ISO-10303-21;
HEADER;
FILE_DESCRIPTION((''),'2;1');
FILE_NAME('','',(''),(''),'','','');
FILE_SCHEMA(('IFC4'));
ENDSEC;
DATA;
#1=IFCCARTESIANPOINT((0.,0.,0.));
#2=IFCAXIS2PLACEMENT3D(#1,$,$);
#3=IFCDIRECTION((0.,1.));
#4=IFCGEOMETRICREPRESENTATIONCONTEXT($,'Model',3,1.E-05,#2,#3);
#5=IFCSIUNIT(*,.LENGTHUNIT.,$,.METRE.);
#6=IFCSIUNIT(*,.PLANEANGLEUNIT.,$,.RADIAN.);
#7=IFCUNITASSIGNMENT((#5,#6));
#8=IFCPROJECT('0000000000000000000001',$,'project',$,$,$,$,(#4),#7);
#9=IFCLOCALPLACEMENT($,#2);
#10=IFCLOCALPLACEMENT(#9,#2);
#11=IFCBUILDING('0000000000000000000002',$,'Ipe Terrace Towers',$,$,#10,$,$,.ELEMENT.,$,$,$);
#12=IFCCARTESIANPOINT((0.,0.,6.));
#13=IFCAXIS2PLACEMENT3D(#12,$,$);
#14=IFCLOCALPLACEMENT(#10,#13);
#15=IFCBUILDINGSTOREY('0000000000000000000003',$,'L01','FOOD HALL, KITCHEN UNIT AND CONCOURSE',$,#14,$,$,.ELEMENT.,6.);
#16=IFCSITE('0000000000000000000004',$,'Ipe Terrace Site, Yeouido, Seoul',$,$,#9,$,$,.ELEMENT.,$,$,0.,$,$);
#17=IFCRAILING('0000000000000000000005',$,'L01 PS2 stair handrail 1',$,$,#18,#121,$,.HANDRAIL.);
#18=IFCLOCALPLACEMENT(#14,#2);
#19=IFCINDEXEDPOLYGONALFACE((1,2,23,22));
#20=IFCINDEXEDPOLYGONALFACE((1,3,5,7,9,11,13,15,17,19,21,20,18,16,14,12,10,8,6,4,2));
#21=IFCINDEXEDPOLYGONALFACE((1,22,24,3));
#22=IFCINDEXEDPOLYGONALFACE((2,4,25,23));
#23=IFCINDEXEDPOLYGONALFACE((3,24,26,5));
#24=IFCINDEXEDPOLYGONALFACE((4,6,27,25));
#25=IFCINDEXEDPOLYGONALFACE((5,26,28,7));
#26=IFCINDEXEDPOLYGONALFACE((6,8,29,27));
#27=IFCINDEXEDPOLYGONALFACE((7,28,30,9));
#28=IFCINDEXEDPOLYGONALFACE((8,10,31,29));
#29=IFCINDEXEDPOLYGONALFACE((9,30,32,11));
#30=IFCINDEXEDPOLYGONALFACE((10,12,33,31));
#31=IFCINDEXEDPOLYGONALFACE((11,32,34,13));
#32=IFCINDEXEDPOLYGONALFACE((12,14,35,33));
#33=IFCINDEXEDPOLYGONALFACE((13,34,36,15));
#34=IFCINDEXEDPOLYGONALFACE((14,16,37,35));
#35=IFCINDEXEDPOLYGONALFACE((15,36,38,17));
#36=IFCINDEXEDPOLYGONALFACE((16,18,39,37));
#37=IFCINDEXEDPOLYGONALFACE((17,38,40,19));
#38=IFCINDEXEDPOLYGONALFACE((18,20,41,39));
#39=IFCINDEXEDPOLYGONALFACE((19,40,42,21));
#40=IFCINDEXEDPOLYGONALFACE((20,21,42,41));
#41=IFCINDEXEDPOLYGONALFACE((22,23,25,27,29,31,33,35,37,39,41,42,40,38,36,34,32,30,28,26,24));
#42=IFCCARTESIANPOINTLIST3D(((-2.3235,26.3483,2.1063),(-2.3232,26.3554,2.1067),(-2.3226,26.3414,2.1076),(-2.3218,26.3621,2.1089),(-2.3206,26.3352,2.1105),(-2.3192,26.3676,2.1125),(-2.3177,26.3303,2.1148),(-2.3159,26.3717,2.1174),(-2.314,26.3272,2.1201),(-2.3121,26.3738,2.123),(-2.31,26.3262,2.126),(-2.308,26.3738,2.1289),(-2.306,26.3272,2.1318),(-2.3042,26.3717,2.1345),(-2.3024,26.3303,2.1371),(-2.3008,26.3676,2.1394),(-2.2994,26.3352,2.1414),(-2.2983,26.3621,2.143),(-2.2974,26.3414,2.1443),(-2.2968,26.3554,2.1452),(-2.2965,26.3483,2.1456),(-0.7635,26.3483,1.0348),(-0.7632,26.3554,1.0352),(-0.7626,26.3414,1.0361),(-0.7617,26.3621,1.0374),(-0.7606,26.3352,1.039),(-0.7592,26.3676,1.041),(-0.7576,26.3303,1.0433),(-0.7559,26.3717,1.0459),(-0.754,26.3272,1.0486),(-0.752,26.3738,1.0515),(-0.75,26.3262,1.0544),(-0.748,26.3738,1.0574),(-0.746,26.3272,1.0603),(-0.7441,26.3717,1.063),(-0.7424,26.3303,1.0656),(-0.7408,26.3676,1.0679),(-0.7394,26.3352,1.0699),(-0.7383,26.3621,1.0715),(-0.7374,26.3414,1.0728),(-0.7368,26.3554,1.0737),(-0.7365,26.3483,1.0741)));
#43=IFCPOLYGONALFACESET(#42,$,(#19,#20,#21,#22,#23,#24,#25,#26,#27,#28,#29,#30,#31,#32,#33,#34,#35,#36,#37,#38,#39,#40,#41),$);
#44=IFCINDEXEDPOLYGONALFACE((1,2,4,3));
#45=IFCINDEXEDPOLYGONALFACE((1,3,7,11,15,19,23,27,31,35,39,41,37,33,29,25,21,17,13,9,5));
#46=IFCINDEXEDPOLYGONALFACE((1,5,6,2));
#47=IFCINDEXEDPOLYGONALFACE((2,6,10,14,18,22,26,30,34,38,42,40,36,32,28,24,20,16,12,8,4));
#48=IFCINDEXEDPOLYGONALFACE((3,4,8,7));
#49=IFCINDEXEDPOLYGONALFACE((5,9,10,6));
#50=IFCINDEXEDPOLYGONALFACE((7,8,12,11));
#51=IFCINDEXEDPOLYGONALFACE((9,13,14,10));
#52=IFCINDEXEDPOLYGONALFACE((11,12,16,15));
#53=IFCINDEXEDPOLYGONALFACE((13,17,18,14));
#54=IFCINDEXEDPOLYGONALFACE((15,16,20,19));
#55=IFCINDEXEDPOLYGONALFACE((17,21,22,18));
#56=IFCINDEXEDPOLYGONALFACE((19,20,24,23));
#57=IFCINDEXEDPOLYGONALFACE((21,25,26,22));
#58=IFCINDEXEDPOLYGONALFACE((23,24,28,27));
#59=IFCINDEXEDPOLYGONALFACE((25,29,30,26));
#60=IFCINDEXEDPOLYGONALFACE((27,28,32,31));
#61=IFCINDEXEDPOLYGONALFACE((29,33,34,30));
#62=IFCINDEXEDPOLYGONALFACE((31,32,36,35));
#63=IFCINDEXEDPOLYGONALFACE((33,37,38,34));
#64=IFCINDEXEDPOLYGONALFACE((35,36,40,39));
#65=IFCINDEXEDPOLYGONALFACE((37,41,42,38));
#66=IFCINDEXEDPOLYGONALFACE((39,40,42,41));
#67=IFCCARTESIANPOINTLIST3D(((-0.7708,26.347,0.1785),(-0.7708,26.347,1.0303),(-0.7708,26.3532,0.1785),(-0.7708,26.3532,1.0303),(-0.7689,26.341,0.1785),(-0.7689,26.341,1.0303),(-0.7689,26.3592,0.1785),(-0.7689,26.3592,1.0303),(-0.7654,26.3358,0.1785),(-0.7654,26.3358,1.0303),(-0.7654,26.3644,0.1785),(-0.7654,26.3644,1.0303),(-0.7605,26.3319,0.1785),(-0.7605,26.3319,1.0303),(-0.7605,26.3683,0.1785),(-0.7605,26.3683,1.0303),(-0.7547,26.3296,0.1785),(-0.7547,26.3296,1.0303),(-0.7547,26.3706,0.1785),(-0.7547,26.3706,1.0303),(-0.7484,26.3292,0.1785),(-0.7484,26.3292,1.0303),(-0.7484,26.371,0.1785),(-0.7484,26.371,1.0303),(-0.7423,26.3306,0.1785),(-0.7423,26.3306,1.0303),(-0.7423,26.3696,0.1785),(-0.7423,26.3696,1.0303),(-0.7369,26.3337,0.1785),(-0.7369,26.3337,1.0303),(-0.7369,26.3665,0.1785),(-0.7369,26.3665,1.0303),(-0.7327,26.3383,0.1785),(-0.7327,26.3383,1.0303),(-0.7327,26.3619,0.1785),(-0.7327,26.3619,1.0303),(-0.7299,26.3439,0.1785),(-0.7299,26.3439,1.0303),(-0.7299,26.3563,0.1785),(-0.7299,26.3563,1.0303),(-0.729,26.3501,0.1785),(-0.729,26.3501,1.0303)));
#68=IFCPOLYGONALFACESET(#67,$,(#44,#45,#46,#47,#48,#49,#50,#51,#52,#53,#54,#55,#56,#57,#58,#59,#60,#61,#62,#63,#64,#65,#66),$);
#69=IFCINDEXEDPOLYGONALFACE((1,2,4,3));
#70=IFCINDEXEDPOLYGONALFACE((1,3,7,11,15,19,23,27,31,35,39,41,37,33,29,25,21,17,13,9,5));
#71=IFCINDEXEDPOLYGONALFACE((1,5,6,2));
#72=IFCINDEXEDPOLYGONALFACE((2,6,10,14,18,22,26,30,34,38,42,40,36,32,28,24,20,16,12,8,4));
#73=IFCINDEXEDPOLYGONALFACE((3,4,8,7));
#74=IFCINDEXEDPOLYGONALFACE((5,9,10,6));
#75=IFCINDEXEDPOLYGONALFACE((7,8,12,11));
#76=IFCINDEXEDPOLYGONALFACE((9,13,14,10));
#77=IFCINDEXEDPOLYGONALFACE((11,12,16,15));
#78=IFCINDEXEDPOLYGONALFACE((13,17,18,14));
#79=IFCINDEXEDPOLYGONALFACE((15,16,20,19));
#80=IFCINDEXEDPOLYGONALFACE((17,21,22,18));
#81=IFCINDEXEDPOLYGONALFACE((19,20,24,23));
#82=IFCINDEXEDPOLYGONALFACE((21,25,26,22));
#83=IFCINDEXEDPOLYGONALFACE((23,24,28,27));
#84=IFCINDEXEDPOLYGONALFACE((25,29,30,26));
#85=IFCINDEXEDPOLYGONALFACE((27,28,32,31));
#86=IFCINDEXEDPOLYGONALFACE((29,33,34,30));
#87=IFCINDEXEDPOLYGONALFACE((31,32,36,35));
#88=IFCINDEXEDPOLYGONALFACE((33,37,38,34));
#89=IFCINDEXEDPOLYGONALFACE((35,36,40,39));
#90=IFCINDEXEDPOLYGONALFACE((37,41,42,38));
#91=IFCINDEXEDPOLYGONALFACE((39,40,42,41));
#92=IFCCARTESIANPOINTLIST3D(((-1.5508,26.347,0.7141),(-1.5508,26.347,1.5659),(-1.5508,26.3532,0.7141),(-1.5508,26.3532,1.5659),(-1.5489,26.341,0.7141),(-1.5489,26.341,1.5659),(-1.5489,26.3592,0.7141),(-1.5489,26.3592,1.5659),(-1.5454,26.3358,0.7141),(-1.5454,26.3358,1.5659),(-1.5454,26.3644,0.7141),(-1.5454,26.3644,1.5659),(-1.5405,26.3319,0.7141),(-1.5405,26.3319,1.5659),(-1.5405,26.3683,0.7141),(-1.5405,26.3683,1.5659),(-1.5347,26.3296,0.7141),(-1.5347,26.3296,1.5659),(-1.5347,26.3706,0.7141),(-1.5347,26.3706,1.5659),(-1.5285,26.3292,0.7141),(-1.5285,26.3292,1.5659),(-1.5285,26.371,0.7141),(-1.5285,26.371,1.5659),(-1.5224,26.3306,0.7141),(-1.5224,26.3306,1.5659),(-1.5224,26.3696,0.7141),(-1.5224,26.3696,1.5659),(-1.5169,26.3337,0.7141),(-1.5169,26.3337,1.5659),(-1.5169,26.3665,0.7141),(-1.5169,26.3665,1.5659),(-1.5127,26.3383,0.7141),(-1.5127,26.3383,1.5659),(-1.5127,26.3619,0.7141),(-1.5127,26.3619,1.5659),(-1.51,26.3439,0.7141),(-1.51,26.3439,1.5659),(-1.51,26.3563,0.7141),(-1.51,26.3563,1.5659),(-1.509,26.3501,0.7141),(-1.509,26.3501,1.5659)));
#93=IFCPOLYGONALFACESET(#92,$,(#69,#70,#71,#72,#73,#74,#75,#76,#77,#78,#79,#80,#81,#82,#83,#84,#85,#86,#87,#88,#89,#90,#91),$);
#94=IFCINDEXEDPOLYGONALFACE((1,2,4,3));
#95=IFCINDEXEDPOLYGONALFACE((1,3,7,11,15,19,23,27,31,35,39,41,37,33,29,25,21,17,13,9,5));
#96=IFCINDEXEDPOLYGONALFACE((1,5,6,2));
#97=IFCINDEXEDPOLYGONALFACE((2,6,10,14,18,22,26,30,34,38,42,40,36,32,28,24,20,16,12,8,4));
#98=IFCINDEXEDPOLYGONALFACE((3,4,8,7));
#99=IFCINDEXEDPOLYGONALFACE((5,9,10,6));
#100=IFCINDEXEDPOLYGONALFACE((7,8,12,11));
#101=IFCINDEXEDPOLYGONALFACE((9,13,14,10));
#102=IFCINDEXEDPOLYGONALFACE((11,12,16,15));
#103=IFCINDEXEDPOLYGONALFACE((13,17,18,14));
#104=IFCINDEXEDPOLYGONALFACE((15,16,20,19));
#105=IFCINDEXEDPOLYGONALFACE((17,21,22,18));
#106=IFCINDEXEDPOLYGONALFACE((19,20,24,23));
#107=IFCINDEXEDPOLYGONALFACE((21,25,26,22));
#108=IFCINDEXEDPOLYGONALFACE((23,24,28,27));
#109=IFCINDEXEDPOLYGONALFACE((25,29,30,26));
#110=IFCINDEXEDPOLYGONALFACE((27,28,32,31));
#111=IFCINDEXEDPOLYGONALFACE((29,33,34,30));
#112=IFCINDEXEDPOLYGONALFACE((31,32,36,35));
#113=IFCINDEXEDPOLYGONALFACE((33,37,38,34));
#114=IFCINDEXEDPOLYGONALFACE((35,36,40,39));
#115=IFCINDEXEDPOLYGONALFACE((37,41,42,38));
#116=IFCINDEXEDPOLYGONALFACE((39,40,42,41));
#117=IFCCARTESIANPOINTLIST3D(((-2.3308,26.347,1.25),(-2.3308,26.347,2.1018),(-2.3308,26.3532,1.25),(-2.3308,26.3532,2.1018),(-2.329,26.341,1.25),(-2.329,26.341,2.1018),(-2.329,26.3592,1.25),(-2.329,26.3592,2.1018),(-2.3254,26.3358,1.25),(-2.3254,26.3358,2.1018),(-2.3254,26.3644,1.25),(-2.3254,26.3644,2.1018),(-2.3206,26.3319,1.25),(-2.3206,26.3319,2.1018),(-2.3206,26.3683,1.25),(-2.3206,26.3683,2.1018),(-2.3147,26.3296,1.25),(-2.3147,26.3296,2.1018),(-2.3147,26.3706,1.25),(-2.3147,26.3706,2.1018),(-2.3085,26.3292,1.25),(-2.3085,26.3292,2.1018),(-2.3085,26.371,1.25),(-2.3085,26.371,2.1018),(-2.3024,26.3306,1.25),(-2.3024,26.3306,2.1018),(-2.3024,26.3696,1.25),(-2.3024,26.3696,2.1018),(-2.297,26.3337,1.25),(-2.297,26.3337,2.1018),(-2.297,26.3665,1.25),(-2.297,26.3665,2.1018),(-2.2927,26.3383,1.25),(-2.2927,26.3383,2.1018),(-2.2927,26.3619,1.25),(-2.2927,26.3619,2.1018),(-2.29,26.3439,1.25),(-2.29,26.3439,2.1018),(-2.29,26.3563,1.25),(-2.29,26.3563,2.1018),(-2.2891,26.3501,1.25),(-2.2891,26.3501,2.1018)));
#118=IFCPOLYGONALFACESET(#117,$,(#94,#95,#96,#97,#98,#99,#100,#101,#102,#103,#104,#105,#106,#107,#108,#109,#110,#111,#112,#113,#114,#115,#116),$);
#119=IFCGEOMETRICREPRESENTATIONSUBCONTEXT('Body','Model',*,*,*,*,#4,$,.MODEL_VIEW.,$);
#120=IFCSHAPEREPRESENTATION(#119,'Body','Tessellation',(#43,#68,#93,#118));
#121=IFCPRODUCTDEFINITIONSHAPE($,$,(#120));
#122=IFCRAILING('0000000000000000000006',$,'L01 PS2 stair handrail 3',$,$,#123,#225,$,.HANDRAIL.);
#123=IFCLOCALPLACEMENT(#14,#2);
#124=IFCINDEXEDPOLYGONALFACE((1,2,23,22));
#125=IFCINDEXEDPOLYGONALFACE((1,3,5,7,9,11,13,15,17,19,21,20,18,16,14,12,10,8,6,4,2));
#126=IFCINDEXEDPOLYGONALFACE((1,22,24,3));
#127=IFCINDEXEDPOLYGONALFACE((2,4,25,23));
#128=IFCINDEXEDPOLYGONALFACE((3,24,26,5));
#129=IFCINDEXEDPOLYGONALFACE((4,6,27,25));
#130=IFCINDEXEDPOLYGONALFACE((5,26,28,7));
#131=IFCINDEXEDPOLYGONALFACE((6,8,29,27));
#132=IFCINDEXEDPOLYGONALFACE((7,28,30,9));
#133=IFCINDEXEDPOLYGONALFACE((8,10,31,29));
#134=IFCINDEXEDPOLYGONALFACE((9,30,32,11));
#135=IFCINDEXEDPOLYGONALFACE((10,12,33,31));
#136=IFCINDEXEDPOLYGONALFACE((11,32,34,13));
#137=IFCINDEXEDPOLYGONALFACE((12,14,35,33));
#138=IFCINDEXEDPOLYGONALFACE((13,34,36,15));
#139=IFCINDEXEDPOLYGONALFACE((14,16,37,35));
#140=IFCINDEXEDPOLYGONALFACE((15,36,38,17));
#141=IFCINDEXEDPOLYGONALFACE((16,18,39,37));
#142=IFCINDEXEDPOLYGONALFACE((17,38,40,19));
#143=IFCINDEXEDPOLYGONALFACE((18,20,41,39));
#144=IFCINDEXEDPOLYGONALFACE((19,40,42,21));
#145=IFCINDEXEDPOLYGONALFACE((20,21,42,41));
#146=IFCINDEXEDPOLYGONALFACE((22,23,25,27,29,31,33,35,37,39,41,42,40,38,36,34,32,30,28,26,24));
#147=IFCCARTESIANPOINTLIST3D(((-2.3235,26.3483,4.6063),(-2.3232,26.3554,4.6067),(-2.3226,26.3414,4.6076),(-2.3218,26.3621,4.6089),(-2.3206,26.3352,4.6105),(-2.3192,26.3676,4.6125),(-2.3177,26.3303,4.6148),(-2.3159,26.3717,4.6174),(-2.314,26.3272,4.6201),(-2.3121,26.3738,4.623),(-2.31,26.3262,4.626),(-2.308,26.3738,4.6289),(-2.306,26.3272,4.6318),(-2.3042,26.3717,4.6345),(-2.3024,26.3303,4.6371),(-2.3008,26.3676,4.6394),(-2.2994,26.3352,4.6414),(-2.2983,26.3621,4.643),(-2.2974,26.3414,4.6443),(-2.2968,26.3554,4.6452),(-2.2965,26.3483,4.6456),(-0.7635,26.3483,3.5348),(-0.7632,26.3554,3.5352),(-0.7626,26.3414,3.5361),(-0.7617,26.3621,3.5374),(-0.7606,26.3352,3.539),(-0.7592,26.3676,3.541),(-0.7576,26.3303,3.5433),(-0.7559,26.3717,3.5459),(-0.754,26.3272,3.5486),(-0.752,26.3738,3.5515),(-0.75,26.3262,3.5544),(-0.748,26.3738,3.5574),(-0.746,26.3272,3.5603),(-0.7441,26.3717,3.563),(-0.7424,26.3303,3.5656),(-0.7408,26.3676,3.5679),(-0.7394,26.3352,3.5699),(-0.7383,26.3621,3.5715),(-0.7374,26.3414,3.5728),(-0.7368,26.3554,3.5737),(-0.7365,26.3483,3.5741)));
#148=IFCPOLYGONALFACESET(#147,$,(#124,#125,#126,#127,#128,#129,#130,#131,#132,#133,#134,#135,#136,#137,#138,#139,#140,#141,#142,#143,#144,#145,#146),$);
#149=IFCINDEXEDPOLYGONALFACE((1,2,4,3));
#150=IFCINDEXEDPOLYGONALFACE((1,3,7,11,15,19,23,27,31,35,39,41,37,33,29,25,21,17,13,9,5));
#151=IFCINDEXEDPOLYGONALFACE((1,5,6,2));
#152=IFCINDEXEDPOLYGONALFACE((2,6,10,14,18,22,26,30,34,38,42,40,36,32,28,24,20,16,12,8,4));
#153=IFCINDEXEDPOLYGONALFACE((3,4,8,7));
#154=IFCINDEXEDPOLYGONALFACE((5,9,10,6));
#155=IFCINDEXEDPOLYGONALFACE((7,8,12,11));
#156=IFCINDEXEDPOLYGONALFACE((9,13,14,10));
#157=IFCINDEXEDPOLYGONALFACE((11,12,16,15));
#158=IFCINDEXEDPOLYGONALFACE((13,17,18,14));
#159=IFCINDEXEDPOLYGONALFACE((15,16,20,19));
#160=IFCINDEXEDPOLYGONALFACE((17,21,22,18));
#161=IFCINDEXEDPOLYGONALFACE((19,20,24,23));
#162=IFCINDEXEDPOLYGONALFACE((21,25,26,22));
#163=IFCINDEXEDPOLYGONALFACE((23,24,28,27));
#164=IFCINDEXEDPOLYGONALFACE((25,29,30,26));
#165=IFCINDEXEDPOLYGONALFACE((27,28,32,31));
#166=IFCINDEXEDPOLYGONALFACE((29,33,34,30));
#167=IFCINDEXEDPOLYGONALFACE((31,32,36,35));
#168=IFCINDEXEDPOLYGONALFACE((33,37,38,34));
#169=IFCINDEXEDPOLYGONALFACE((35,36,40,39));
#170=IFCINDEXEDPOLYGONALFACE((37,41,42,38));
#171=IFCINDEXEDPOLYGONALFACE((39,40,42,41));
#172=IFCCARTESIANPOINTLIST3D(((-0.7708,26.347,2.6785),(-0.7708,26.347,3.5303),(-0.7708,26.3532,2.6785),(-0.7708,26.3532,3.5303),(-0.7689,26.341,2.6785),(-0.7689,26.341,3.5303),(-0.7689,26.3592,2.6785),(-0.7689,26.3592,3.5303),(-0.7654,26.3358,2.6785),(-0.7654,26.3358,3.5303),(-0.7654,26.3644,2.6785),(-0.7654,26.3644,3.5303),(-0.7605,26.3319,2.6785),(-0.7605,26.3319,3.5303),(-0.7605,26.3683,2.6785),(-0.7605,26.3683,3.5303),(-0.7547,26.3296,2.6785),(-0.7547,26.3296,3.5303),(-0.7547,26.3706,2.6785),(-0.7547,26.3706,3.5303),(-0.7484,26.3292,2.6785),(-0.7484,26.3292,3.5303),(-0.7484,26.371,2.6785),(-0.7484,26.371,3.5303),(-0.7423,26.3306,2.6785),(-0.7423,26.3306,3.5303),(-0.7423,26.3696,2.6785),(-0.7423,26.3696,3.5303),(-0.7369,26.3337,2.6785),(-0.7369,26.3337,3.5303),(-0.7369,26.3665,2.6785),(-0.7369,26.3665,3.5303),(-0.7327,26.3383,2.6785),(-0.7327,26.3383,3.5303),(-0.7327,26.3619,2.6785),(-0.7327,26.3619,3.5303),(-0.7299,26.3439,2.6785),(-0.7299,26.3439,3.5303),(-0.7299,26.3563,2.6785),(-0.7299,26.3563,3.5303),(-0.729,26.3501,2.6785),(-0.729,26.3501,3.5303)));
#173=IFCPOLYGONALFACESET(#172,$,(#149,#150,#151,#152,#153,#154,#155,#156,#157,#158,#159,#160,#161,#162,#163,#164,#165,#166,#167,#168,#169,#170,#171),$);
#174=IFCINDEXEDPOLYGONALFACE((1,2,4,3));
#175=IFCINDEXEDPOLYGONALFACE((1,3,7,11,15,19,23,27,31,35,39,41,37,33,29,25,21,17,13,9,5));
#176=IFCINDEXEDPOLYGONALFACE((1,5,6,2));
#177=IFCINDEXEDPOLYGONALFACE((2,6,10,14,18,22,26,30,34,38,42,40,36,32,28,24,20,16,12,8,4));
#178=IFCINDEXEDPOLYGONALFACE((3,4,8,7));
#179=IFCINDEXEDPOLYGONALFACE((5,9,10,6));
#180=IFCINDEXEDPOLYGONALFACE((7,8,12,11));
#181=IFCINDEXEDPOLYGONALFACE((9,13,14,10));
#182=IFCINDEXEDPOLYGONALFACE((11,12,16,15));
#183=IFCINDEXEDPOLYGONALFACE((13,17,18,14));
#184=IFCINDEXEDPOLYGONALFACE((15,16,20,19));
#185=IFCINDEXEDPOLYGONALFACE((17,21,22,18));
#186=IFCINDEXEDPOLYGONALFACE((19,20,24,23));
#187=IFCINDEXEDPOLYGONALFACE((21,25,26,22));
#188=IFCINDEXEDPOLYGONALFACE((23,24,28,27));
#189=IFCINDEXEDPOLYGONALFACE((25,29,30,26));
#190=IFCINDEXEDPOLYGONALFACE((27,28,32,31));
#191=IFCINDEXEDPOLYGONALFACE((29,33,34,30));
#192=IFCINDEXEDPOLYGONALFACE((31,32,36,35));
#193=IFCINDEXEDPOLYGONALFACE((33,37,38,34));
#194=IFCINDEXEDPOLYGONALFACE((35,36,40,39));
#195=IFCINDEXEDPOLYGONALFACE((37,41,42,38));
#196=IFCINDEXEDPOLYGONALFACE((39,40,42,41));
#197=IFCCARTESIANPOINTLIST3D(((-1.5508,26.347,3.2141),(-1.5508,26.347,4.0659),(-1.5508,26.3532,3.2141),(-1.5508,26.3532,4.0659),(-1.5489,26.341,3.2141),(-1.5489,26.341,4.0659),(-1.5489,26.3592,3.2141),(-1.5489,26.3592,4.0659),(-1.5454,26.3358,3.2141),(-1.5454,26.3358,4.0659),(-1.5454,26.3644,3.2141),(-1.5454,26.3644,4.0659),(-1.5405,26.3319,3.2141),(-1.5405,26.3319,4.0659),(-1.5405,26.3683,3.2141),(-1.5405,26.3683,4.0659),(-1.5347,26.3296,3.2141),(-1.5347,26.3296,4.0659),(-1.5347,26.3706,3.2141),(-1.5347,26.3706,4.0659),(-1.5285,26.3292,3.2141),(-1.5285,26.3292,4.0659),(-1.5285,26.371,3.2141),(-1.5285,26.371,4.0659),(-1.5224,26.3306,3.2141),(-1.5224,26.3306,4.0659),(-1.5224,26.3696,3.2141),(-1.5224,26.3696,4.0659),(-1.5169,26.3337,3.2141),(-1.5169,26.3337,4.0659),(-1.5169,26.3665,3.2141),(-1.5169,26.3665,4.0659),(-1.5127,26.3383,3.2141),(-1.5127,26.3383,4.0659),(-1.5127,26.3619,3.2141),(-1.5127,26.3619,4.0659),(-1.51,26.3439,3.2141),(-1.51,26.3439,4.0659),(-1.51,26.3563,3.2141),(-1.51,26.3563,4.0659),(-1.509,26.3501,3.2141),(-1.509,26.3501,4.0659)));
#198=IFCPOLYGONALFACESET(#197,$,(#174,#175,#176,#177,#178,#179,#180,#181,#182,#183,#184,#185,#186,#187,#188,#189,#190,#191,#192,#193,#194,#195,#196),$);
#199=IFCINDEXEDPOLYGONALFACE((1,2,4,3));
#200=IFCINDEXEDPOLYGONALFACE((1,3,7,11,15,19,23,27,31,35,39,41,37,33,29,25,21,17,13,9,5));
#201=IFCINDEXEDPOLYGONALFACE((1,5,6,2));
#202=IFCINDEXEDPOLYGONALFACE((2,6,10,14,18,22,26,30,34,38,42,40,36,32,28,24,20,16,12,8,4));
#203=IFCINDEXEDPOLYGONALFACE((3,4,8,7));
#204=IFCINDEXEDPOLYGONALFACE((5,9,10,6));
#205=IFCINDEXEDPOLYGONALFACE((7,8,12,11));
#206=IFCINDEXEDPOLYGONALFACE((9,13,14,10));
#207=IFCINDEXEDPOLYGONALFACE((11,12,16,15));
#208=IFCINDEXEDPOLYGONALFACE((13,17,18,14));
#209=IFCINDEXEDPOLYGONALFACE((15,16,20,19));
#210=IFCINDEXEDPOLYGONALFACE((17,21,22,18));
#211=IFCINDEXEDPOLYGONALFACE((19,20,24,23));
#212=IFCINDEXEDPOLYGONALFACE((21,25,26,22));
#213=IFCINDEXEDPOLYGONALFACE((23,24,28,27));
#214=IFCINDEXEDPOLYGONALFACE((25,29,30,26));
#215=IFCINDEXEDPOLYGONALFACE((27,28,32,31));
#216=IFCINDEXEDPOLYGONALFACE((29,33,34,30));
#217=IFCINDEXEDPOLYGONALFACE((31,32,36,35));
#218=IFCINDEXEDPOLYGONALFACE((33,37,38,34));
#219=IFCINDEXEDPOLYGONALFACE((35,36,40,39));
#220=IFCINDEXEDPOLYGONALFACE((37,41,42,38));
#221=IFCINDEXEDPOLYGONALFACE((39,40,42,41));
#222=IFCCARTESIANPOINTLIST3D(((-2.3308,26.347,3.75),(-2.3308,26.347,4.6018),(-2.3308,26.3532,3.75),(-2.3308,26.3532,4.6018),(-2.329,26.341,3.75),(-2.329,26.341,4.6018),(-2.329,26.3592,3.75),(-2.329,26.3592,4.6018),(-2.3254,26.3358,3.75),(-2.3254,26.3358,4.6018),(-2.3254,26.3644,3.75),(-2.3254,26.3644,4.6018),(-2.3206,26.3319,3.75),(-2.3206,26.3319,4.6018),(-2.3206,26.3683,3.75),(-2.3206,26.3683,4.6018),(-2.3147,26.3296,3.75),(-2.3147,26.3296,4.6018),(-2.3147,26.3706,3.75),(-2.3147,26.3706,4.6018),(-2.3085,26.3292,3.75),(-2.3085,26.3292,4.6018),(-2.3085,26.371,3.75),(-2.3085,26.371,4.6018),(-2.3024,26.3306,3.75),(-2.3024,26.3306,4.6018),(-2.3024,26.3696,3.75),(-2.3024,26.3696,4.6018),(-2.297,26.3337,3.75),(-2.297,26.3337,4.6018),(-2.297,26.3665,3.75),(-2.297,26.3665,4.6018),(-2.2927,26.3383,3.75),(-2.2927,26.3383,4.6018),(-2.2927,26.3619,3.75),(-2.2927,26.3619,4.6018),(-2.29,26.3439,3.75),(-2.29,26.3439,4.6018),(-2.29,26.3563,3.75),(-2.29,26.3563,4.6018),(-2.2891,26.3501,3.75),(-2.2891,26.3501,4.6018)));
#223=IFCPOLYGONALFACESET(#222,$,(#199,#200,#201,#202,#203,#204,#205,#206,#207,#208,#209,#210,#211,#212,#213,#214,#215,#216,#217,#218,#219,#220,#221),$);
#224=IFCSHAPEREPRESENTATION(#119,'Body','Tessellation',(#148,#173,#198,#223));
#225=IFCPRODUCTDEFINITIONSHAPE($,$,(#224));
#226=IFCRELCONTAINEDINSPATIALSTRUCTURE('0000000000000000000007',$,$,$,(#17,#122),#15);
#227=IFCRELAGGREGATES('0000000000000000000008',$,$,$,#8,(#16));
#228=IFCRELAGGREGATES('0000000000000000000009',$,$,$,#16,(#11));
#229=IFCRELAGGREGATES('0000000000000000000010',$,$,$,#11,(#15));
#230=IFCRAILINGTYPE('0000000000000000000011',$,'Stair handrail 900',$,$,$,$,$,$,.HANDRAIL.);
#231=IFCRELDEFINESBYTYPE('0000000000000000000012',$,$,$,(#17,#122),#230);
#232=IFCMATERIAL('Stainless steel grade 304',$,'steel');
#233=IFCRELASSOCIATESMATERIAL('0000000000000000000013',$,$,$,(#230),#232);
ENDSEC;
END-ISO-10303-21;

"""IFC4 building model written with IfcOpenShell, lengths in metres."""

from ifc_helpers import new_model, si_unit, direction, frame, origin, origin_2d, place, context, subcontext, project, spatial, circle, extrude, material, type_object, element, save


model = new_model("IFC4")

# Units and contexts
model_context = context("Model", 3, precision=1e-05, world=origin(), true_north=direction((0.0, 1.0)))
body_context = subcontext(model_context, "Body", "Model", "MODEL_VIEW")
ifc_project = project(units=[si_unit("LENGTHUNIT", "METRE"), si_unit("PLANEANGLEUNIT", "RADIAN")], contexts=[model_context])

# Site, building, storey
site_placement = place(None, origin())
site = spatial("IfcSite", under=ifc_project, at=site_placement, Name="Ipe Terrace Site, Yeouido, Seoul", CompositionType="ELEMENT", RefElevation=0.0)
building_placement = place(site_placement, origin())
building = spatial("IfcBuilding", under=site, at=building_placement, Name="Ipe Terrace Towers", CompositionType="ELEMENT")
storey_placement = place(building_placement, frame((0.0, 0.0, 6.0)))
storey = spatial("IfcBuildingStorey", under=building, at=storey_placement, Name="L01", Description="FOOD HALL, KITCHEN UNIT AND CONCOURSE", CompositionType="ELEMENT", Elevation=6.0)

# Railings
ifc_material_1 = material(Name="Stainless steel grade 304", Category="steel")
railing_type_1 = type_object("IfcRailingType", Name="Stair handrail 900", PredefinedType="HANDRAIL", material=ifc_material_1)
for number, where, name in (
    (1, (-0.75, 26.3501, 0.1785), "L01 PS2 stair handrail 1"),
    (2, (-0.75, 26.3501, 2.6785), "L01 PS2 stair handrail 3"),
):
    element("IfcRailing", number, at=place(storey_placement, frame(where)), inside=storey, type_object=railing_type_1, Name=name, PredefinedType="HANDRAIL", context=body_context, shape_type="SweptSolid", body=[
        extrude(circle(Radius=0.0239, at=origin_2d()), frame((0.0, 0.0, 0.876), z_axis=(-0.82429, 0.0, 0.566167), x_axis=(0.0, -1.0, 0.0)), (0.0, 0.0, 1.0), 1.8926),
        extrude(circle(Radius=0.021, at=origin_2d()), origin(), (0.0, 0.0, 1.0), 0.8518),
        extrude(circle(Radius=0.021, at=origin_2d()), frame((-0.78, 0.0, 0.5356)), (0.0, 0.0, 1.0), 0.8518),
        extrude(circle(Radius=0.021, at=origin_2d()), frame((-1.5601, 0.0, 1.0715)), (0.0, 0.0, 1.0), 0.8518),
    ])

save(model, "model.ifc")
